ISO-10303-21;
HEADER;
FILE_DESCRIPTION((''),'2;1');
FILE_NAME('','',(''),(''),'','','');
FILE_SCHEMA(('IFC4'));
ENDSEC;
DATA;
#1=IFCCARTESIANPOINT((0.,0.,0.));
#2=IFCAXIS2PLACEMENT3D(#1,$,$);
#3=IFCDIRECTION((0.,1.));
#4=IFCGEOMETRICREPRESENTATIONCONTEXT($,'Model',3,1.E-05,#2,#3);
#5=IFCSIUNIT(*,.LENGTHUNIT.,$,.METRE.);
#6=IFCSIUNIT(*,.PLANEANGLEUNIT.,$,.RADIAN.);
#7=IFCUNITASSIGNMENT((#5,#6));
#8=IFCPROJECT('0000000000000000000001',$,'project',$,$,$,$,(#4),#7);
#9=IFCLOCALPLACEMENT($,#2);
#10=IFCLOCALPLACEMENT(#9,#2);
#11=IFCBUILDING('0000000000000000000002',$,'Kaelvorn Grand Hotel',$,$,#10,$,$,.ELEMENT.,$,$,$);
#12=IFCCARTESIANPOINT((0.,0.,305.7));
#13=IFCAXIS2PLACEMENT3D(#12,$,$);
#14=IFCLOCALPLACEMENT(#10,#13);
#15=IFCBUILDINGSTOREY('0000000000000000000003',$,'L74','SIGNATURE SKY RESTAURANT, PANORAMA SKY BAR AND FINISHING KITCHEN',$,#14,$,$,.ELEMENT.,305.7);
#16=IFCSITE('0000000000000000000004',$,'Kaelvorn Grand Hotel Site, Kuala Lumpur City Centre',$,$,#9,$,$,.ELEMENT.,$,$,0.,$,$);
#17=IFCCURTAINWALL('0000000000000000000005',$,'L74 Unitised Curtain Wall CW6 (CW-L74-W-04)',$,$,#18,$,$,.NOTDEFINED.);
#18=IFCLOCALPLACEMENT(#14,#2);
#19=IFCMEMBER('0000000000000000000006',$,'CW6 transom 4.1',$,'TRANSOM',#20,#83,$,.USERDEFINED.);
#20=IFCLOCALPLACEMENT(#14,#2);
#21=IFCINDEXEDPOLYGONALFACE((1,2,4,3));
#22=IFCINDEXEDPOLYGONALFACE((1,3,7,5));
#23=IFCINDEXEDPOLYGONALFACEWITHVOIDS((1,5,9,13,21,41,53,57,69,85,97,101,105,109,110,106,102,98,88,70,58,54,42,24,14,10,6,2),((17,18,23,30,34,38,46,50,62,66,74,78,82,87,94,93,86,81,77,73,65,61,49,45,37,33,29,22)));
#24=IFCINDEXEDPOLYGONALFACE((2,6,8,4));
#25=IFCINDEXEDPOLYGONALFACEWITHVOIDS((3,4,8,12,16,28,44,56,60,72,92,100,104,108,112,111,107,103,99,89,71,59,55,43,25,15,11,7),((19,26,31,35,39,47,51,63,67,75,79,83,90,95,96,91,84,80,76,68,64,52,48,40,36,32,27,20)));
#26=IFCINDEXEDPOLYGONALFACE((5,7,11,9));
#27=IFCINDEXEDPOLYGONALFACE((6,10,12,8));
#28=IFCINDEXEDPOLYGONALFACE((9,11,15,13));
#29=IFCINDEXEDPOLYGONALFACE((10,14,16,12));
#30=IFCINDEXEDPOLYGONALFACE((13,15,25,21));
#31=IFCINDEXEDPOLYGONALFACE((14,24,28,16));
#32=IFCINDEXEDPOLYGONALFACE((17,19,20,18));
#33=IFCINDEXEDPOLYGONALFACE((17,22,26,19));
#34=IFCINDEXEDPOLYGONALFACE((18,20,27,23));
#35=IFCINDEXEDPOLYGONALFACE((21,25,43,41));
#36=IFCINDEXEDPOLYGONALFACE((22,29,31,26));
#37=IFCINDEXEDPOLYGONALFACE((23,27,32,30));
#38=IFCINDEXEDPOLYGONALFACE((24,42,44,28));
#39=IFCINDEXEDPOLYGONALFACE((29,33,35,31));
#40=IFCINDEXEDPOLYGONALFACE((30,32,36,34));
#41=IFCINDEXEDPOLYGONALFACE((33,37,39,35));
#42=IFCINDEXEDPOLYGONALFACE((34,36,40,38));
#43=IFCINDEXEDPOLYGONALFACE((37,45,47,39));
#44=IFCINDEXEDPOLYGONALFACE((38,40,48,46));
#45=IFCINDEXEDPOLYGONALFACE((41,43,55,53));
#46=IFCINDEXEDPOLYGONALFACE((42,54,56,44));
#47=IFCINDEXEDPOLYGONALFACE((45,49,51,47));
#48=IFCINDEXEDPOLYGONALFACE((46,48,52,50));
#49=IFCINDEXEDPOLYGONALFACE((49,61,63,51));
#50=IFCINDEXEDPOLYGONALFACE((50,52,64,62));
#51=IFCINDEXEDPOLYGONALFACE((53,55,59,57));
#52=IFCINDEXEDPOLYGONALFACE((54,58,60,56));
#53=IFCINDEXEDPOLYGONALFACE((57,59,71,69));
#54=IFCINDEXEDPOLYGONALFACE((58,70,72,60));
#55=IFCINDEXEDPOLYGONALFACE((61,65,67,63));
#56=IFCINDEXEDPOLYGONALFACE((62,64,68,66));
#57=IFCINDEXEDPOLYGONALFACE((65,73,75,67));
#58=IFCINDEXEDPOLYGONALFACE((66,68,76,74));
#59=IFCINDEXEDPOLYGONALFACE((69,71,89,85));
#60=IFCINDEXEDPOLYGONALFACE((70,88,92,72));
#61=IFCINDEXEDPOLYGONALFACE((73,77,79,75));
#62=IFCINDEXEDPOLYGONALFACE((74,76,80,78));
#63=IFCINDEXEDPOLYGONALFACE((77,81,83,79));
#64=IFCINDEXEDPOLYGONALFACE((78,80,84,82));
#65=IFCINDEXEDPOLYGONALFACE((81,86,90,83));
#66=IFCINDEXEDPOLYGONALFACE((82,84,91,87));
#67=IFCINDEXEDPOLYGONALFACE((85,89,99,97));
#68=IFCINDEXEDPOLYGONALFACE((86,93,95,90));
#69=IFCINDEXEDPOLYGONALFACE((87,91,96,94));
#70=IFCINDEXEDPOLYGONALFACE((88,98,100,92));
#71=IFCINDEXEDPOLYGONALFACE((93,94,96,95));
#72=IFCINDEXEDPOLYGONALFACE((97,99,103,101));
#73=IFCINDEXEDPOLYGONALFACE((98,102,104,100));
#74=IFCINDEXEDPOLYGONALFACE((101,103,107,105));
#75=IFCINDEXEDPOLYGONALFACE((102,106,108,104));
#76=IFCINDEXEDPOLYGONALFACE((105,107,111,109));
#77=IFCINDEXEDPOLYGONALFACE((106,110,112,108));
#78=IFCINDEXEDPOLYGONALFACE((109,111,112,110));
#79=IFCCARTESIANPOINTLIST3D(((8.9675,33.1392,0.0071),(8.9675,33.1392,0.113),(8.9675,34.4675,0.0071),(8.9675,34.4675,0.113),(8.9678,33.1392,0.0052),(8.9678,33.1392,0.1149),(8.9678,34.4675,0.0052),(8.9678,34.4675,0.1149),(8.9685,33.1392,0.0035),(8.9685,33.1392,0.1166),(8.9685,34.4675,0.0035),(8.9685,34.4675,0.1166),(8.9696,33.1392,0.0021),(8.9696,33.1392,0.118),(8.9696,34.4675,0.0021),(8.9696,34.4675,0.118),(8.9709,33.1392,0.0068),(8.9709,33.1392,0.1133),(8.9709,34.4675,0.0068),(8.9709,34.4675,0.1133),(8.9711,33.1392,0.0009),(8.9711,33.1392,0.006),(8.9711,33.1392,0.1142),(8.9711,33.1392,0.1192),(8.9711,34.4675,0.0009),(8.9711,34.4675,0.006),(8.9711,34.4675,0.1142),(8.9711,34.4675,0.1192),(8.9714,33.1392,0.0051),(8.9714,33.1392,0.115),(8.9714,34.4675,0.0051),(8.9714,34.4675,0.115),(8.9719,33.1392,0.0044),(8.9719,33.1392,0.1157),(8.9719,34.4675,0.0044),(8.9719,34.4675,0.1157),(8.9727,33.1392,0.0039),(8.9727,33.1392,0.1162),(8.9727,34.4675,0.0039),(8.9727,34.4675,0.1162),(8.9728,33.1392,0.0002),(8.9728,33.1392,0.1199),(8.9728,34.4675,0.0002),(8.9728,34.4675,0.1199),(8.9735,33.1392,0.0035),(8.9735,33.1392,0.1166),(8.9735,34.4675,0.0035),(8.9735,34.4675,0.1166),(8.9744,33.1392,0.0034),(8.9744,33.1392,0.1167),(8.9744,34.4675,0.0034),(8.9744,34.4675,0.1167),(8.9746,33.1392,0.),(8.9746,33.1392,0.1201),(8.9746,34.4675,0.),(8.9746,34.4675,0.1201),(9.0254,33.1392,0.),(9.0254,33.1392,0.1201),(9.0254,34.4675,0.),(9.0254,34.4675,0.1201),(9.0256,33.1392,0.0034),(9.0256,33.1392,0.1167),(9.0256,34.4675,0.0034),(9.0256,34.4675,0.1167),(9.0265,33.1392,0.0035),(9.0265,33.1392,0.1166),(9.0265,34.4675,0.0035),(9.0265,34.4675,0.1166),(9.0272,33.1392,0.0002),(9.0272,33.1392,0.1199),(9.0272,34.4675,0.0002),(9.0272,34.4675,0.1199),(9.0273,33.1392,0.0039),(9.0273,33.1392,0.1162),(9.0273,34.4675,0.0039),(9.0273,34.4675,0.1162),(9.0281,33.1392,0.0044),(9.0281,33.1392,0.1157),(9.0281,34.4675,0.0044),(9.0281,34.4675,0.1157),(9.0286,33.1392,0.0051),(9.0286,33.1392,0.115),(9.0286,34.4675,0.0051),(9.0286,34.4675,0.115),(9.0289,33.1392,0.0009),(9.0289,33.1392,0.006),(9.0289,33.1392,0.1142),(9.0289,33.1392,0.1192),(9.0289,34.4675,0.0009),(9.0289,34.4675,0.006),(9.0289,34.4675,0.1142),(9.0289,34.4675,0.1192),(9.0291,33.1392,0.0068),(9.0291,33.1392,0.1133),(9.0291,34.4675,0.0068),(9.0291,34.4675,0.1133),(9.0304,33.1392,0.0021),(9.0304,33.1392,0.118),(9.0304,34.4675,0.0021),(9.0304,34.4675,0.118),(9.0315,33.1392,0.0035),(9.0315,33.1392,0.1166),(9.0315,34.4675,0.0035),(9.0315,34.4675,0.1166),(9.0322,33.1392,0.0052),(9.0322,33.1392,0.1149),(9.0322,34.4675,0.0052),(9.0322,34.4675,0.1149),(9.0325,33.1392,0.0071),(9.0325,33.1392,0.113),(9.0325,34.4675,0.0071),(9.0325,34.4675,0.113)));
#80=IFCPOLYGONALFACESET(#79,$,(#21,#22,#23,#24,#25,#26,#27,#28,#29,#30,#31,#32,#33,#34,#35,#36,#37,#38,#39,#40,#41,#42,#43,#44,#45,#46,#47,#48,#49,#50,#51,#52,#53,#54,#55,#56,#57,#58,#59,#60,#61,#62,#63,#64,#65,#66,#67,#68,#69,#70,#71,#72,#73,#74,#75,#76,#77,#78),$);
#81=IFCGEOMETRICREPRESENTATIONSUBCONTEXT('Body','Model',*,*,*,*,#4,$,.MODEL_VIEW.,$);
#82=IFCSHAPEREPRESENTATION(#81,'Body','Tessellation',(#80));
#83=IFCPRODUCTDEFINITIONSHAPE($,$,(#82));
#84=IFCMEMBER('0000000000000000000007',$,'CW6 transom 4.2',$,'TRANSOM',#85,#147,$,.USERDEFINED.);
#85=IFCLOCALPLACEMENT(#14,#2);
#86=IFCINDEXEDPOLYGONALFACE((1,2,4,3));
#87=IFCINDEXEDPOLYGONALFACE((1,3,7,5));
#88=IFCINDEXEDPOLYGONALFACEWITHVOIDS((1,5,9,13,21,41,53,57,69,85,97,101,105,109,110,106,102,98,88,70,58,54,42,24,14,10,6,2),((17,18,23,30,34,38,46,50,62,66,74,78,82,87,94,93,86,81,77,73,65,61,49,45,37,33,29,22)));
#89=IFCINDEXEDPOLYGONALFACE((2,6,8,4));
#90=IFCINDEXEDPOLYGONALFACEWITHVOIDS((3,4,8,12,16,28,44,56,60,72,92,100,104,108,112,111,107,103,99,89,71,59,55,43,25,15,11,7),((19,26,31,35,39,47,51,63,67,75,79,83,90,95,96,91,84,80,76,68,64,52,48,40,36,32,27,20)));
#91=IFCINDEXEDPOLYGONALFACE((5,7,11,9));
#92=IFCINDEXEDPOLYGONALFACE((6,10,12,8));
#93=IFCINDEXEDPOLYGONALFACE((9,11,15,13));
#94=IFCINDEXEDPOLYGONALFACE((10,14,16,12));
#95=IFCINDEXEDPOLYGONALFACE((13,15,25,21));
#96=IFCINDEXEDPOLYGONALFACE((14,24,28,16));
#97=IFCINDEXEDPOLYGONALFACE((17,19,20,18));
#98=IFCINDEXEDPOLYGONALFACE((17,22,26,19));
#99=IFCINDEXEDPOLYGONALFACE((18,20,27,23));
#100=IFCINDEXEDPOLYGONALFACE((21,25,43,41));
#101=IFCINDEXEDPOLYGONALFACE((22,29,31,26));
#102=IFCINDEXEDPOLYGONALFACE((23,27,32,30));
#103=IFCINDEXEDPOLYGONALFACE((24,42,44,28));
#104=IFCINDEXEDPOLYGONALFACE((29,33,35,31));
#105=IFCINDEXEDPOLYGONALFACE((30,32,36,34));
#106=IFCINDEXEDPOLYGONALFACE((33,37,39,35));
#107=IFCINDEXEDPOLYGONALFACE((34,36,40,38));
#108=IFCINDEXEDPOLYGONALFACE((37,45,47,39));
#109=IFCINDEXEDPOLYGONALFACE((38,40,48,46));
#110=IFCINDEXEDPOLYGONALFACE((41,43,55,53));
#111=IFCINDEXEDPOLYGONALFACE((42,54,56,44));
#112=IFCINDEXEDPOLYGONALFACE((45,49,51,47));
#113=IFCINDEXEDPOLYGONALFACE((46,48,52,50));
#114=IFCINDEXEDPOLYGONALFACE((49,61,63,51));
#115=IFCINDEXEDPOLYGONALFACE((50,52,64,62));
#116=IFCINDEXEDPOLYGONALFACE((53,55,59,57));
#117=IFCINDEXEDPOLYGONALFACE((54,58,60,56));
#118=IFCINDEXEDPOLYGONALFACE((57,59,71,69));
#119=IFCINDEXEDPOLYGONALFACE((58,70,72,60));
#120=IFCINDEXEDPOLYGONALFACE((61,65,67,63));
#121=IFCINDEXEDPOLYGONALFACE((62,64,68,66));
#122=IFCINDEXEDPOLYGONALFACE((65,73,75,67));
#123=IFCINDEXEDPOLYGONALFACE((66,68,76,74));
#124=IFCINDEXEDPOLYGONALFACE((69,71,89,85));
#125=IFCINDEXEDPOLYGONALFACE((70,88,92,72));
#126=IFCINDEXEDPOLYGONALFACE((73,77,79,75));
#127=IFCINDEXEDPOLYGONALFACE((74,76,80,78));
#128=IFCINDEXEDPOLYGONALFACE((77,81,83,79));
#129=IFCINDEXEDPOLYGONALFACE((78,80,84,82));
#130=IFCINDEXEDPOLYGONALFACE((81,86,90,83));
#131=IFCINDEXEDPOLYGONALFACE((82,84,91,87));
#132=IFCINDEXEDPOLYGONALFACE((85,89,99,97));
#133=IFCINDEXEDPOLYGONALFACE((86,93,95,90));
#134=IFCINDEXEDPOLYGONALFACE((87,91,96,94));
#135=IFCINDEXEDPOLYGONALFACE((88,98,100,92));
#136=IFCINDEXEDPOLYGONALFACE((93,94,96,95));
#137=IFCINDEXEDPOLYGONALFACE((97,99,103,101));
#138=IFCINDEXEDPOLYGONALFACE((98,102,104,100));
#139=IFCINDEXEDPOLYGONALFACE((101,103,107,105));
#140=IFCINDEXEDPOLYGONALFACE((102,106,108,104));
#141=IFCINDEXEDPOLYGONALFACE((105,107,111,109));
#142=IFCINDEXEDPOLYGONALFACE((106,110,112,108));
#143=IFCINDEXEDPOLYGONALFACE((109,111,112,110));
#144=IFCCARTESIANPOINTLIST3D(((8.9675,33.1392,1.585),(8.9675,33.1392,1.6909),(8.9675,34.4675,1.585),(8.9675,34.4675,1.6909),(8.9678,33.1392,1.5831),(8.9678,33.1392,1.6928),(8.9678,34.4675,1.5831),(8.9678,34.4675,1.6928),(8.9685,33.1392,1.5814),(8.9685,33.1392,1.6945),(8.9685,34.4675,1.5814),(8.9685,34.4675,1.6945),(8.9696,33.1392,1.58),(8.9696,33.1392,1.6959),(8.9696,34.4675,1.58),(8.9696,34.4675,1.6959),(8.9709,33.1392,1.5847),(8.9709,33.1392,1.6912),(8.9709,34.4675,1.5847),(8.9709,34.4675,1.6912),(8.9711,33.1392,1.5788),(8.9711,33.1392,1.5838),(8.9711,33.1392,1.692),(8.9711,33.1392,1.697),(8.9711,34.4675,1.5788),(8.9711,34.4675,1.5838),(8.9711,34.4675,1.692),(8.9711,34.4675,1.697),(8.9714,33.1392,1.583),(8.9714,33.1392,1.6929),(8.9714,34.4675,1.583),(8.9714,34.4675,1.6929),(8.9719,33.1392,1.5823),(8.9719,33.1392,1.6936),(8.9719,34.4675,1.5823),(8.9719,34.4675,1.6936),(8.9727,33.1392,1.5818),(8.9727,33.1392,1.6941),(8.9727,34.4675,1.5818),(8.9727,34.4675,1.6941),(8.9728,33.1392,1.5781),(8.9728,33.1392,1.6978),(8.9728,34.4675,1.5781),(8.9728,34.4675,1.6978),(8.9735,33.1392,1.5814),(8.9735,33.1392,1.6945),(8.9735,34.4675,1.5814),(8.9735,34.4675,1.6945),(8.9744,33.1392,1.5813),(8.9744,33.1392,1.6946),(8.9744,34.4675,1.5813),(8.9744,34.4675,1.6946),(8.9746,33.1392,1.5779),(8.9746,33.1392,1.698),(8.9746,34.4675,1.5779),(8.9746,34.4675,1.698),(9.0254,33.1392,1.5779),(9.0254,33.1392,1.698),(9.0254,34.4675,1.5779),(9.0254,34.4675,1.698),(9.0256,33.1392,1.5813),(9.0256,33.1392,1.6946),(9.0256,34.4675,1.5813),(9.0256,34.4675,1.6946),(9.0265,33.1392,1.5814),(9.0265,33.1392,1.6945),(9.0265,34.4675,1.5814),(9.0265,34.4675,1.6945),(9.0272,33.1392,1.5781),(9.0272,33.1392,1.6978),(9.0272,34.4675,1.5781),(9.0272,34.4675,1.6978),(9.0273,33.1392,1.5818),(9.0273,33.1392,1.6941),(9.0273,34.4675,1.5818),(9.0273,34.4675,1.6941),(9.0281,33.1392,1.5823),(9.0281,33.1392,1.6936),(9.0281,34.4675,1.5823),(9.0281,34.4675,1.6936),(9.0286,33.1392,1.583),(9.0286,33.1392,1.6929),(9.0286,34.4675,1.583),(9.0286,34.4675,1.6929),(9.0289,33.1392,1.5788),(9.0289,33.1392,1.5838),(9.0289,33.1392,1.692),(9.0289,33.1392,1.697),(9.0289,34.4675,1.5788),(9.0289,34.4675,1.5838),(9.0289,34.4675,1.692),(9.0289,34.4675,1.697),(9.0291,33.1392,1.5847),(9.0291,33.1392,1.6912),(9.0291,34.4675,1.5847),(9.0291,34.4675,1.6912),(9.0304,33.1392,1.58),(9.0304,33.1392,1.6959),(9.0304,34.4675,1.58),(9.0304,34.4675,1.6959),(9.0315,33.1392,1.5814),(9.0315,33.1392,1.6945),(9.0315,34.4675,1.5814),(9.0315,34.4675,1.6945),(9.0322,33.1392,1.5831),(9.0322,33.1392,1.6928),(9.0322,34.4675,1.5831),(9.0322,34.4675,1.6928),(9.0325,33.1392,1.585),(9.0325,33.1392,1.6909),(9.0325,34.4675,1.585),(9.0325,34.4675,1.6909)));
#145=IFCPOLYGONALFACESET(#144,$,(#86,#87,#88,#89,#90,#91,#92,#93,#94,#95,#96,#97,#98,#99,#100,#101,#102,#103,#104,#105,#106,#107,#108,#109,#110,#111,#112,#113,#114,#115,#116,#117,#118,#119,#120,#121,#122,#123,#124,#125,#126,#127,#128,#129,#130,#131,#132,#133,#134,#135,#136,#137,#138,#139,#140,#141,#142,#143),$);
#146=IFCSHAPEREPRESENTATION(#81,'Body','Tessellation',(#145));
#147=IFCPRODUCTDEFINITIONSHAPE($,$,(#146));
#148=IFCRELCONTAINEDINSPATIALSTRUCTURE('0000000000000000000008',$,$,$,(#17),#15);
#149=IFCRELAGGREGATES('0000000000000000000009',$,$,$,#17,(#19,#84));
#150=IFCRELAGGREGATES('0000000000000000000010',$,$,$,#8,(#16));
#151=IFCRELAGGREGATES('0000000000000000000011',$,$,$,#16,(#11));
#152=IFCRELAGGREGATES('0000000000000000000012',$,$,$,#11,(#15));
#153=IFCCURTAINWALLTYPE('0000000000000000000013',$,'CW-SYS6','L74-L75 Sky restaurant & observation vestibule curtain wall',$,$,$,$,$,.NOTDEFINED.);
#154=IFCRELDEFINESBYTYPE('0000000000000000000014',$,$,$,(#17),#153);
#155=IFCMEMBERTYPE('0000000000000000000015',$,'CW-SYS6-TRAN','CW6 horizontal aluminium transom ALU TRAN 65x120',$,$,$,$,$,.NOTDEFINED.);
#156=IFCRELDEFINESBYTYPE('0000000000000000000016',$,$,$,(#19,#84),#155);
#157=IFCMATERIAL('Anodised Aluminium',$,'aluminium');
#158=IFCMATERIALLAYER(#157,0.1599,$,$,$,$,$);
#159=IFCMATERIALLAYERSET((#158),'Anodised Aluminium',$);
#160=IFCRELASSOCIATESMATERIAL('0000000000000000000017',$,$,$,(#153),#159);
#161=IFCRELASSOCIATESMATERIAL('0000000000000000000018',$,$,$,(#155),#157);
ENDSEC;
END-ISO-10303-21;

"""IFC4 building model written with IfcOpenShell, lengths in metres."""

from ifc_helpers import new_model, si_unit, direction, frame, origin, origin_2d, place, context, subcontext, project, spatial, hollow_rectangle, extrude, material, layer, layer_set, material_profile, profile_set, type_object, element, aggregate, save


model = new_model("IFC4")

# Units and contexts
model_context = context("Model", 3, precision=1e-05, world=origin(), true_north=direction((0.0, 1.0)))
body_context = subcontext(model_context, "Body", "Model", "MODEL_VIEW")
ifc_project = project(units=[si_unit("LENGTHUNIT", "METRE"), si_unit("PLANEANGLEUNIT", "RADIAN")], contexts=[model_context])

# Site, building, storey
site_placement = place(None, origin())
site = spatial("IfcSite", under=ifc_project, at=site_placement, Name="Kaelvorn Grand Hotel Site, Kuala Lumpur City Centre", CompositionType="ELEMENT", RefElevation=0.0)
building_placement = place(site_placement, origin())
building = spatial("IfcBuilding", under=site, at=building_placement, Name="Kaelvorn Grand Hotel", CompositionType="ELEMENT")
storey_placement = place(building_placement, frame((0.0, 0.0, 305.7)))
storey = spatial("IfcBuildingStorey", under=building, at=storey_placement, Name="L74", Description="SIGNATURE SKY RESTAURANT, PANORAMA SKY BAR AND FINISHING KITCHEN", CompositionType="ELEMENT", Elevation=305.7)

# Curtain wall, members
ifc_material_1 = material(Name="Anodised Aluminium", Category="aluminium")
ifc_layer_1 = layer(ifc_material_1, 0.1599)
ifc_layer_set_1 = layer_set([ifc_layer_1], Name="Anodised Aluminium")
curtain_wall_type = type_object("IfcCurtainWallType", Name="CW-SYS6", Description="L74-L75 Sky restaurant & observation vestibule curtain wall", PredefinedType="NOTDEFINED", material=ifc_layer_set_1)
curtain_wall_placement = place(storey_placement, origin())
curtain_wall = element("IfcCurtainWall", 1, at=curtain_wall_placement, inside=storey, type_object=curtain_wall_type, Name="L74 Unitised Curtain Wall CW6 (CW-L74-W-04)", PredefinedType="NOTDEFINED")
ifc_material_profile_1 = material_profile(ifc_material_1, hollow_rectangle(XDim=0.0649, YDim=0.1201, WallThickness=0.0034, InnerFilletRadius=0.0034, OuterFilletRadius=0.0071, at=origin_2d()), Name="ALU TRAN 65x120")
ifc_profile_set_1 = profile_set([ifc_material_profile_1], Name="Anodised Aluminium")
member_type_1 = type_object("IfcMemberType", Name="CW-SYS6-TRAN", Description="CW6 horizontal aluminium transom ALU TRAN 65x120", PredefinedType="NOTDEFINED", material=ifc_profile_set_1)
member_1_placement = place(storey_placement, frame((9.0, 34.4675, 0.0601), z_axis=(0.0, -1.0, 0.0), x_axis=(1.0, 0.0, 0.0)))
member_1 = element("IfcMember", 2, at=member_1_placement, type_object=member_type_1, Name="CW6 transom 4.1", ObjectType="TRANSOM", PredefinedType="USERDEFINED", context=body_context, shape_type="SweptSolid", body=[
    extrude(hollow_rectangle(XDim=0.0649, YDim=0.1201, WallThickness=0.0034, InnerFilletRadius=0.0034, OuterFilletRadius=0.0071, at=origin_2d()), origin(), (0.0, 0.0, 1.0), 1.3284),
])
member_2_placement = place(storey_placement, frame((9.0, 34.4675, 1.6379), z_axis=(0.0, -1.0, 0.0), x_axis=(1.0, 0.0, 0.0)))
member_2 = element("IfcMember", 3, at=member_2_placement, type_object=member_type_1, Name="CW6 transom 4.2", ObjectType="TRANSOM", PredefinedType="USERDEFINED", context=body_context, shape_type="SweptSolid", body=[
    extrude(hollow_rectangle(XDim=0.0649, YDim=0.1201, WallThickness=0.0034, InnerFilletRadius=0.0034, OuterFilletRadius=0.0071, at=origin_2d()), origin(), (0.0, 0.0, 1.0), 1.3284),
])
aggregate(curtain_wall, [member_1, member_2])

save(model, "model.ifc")
